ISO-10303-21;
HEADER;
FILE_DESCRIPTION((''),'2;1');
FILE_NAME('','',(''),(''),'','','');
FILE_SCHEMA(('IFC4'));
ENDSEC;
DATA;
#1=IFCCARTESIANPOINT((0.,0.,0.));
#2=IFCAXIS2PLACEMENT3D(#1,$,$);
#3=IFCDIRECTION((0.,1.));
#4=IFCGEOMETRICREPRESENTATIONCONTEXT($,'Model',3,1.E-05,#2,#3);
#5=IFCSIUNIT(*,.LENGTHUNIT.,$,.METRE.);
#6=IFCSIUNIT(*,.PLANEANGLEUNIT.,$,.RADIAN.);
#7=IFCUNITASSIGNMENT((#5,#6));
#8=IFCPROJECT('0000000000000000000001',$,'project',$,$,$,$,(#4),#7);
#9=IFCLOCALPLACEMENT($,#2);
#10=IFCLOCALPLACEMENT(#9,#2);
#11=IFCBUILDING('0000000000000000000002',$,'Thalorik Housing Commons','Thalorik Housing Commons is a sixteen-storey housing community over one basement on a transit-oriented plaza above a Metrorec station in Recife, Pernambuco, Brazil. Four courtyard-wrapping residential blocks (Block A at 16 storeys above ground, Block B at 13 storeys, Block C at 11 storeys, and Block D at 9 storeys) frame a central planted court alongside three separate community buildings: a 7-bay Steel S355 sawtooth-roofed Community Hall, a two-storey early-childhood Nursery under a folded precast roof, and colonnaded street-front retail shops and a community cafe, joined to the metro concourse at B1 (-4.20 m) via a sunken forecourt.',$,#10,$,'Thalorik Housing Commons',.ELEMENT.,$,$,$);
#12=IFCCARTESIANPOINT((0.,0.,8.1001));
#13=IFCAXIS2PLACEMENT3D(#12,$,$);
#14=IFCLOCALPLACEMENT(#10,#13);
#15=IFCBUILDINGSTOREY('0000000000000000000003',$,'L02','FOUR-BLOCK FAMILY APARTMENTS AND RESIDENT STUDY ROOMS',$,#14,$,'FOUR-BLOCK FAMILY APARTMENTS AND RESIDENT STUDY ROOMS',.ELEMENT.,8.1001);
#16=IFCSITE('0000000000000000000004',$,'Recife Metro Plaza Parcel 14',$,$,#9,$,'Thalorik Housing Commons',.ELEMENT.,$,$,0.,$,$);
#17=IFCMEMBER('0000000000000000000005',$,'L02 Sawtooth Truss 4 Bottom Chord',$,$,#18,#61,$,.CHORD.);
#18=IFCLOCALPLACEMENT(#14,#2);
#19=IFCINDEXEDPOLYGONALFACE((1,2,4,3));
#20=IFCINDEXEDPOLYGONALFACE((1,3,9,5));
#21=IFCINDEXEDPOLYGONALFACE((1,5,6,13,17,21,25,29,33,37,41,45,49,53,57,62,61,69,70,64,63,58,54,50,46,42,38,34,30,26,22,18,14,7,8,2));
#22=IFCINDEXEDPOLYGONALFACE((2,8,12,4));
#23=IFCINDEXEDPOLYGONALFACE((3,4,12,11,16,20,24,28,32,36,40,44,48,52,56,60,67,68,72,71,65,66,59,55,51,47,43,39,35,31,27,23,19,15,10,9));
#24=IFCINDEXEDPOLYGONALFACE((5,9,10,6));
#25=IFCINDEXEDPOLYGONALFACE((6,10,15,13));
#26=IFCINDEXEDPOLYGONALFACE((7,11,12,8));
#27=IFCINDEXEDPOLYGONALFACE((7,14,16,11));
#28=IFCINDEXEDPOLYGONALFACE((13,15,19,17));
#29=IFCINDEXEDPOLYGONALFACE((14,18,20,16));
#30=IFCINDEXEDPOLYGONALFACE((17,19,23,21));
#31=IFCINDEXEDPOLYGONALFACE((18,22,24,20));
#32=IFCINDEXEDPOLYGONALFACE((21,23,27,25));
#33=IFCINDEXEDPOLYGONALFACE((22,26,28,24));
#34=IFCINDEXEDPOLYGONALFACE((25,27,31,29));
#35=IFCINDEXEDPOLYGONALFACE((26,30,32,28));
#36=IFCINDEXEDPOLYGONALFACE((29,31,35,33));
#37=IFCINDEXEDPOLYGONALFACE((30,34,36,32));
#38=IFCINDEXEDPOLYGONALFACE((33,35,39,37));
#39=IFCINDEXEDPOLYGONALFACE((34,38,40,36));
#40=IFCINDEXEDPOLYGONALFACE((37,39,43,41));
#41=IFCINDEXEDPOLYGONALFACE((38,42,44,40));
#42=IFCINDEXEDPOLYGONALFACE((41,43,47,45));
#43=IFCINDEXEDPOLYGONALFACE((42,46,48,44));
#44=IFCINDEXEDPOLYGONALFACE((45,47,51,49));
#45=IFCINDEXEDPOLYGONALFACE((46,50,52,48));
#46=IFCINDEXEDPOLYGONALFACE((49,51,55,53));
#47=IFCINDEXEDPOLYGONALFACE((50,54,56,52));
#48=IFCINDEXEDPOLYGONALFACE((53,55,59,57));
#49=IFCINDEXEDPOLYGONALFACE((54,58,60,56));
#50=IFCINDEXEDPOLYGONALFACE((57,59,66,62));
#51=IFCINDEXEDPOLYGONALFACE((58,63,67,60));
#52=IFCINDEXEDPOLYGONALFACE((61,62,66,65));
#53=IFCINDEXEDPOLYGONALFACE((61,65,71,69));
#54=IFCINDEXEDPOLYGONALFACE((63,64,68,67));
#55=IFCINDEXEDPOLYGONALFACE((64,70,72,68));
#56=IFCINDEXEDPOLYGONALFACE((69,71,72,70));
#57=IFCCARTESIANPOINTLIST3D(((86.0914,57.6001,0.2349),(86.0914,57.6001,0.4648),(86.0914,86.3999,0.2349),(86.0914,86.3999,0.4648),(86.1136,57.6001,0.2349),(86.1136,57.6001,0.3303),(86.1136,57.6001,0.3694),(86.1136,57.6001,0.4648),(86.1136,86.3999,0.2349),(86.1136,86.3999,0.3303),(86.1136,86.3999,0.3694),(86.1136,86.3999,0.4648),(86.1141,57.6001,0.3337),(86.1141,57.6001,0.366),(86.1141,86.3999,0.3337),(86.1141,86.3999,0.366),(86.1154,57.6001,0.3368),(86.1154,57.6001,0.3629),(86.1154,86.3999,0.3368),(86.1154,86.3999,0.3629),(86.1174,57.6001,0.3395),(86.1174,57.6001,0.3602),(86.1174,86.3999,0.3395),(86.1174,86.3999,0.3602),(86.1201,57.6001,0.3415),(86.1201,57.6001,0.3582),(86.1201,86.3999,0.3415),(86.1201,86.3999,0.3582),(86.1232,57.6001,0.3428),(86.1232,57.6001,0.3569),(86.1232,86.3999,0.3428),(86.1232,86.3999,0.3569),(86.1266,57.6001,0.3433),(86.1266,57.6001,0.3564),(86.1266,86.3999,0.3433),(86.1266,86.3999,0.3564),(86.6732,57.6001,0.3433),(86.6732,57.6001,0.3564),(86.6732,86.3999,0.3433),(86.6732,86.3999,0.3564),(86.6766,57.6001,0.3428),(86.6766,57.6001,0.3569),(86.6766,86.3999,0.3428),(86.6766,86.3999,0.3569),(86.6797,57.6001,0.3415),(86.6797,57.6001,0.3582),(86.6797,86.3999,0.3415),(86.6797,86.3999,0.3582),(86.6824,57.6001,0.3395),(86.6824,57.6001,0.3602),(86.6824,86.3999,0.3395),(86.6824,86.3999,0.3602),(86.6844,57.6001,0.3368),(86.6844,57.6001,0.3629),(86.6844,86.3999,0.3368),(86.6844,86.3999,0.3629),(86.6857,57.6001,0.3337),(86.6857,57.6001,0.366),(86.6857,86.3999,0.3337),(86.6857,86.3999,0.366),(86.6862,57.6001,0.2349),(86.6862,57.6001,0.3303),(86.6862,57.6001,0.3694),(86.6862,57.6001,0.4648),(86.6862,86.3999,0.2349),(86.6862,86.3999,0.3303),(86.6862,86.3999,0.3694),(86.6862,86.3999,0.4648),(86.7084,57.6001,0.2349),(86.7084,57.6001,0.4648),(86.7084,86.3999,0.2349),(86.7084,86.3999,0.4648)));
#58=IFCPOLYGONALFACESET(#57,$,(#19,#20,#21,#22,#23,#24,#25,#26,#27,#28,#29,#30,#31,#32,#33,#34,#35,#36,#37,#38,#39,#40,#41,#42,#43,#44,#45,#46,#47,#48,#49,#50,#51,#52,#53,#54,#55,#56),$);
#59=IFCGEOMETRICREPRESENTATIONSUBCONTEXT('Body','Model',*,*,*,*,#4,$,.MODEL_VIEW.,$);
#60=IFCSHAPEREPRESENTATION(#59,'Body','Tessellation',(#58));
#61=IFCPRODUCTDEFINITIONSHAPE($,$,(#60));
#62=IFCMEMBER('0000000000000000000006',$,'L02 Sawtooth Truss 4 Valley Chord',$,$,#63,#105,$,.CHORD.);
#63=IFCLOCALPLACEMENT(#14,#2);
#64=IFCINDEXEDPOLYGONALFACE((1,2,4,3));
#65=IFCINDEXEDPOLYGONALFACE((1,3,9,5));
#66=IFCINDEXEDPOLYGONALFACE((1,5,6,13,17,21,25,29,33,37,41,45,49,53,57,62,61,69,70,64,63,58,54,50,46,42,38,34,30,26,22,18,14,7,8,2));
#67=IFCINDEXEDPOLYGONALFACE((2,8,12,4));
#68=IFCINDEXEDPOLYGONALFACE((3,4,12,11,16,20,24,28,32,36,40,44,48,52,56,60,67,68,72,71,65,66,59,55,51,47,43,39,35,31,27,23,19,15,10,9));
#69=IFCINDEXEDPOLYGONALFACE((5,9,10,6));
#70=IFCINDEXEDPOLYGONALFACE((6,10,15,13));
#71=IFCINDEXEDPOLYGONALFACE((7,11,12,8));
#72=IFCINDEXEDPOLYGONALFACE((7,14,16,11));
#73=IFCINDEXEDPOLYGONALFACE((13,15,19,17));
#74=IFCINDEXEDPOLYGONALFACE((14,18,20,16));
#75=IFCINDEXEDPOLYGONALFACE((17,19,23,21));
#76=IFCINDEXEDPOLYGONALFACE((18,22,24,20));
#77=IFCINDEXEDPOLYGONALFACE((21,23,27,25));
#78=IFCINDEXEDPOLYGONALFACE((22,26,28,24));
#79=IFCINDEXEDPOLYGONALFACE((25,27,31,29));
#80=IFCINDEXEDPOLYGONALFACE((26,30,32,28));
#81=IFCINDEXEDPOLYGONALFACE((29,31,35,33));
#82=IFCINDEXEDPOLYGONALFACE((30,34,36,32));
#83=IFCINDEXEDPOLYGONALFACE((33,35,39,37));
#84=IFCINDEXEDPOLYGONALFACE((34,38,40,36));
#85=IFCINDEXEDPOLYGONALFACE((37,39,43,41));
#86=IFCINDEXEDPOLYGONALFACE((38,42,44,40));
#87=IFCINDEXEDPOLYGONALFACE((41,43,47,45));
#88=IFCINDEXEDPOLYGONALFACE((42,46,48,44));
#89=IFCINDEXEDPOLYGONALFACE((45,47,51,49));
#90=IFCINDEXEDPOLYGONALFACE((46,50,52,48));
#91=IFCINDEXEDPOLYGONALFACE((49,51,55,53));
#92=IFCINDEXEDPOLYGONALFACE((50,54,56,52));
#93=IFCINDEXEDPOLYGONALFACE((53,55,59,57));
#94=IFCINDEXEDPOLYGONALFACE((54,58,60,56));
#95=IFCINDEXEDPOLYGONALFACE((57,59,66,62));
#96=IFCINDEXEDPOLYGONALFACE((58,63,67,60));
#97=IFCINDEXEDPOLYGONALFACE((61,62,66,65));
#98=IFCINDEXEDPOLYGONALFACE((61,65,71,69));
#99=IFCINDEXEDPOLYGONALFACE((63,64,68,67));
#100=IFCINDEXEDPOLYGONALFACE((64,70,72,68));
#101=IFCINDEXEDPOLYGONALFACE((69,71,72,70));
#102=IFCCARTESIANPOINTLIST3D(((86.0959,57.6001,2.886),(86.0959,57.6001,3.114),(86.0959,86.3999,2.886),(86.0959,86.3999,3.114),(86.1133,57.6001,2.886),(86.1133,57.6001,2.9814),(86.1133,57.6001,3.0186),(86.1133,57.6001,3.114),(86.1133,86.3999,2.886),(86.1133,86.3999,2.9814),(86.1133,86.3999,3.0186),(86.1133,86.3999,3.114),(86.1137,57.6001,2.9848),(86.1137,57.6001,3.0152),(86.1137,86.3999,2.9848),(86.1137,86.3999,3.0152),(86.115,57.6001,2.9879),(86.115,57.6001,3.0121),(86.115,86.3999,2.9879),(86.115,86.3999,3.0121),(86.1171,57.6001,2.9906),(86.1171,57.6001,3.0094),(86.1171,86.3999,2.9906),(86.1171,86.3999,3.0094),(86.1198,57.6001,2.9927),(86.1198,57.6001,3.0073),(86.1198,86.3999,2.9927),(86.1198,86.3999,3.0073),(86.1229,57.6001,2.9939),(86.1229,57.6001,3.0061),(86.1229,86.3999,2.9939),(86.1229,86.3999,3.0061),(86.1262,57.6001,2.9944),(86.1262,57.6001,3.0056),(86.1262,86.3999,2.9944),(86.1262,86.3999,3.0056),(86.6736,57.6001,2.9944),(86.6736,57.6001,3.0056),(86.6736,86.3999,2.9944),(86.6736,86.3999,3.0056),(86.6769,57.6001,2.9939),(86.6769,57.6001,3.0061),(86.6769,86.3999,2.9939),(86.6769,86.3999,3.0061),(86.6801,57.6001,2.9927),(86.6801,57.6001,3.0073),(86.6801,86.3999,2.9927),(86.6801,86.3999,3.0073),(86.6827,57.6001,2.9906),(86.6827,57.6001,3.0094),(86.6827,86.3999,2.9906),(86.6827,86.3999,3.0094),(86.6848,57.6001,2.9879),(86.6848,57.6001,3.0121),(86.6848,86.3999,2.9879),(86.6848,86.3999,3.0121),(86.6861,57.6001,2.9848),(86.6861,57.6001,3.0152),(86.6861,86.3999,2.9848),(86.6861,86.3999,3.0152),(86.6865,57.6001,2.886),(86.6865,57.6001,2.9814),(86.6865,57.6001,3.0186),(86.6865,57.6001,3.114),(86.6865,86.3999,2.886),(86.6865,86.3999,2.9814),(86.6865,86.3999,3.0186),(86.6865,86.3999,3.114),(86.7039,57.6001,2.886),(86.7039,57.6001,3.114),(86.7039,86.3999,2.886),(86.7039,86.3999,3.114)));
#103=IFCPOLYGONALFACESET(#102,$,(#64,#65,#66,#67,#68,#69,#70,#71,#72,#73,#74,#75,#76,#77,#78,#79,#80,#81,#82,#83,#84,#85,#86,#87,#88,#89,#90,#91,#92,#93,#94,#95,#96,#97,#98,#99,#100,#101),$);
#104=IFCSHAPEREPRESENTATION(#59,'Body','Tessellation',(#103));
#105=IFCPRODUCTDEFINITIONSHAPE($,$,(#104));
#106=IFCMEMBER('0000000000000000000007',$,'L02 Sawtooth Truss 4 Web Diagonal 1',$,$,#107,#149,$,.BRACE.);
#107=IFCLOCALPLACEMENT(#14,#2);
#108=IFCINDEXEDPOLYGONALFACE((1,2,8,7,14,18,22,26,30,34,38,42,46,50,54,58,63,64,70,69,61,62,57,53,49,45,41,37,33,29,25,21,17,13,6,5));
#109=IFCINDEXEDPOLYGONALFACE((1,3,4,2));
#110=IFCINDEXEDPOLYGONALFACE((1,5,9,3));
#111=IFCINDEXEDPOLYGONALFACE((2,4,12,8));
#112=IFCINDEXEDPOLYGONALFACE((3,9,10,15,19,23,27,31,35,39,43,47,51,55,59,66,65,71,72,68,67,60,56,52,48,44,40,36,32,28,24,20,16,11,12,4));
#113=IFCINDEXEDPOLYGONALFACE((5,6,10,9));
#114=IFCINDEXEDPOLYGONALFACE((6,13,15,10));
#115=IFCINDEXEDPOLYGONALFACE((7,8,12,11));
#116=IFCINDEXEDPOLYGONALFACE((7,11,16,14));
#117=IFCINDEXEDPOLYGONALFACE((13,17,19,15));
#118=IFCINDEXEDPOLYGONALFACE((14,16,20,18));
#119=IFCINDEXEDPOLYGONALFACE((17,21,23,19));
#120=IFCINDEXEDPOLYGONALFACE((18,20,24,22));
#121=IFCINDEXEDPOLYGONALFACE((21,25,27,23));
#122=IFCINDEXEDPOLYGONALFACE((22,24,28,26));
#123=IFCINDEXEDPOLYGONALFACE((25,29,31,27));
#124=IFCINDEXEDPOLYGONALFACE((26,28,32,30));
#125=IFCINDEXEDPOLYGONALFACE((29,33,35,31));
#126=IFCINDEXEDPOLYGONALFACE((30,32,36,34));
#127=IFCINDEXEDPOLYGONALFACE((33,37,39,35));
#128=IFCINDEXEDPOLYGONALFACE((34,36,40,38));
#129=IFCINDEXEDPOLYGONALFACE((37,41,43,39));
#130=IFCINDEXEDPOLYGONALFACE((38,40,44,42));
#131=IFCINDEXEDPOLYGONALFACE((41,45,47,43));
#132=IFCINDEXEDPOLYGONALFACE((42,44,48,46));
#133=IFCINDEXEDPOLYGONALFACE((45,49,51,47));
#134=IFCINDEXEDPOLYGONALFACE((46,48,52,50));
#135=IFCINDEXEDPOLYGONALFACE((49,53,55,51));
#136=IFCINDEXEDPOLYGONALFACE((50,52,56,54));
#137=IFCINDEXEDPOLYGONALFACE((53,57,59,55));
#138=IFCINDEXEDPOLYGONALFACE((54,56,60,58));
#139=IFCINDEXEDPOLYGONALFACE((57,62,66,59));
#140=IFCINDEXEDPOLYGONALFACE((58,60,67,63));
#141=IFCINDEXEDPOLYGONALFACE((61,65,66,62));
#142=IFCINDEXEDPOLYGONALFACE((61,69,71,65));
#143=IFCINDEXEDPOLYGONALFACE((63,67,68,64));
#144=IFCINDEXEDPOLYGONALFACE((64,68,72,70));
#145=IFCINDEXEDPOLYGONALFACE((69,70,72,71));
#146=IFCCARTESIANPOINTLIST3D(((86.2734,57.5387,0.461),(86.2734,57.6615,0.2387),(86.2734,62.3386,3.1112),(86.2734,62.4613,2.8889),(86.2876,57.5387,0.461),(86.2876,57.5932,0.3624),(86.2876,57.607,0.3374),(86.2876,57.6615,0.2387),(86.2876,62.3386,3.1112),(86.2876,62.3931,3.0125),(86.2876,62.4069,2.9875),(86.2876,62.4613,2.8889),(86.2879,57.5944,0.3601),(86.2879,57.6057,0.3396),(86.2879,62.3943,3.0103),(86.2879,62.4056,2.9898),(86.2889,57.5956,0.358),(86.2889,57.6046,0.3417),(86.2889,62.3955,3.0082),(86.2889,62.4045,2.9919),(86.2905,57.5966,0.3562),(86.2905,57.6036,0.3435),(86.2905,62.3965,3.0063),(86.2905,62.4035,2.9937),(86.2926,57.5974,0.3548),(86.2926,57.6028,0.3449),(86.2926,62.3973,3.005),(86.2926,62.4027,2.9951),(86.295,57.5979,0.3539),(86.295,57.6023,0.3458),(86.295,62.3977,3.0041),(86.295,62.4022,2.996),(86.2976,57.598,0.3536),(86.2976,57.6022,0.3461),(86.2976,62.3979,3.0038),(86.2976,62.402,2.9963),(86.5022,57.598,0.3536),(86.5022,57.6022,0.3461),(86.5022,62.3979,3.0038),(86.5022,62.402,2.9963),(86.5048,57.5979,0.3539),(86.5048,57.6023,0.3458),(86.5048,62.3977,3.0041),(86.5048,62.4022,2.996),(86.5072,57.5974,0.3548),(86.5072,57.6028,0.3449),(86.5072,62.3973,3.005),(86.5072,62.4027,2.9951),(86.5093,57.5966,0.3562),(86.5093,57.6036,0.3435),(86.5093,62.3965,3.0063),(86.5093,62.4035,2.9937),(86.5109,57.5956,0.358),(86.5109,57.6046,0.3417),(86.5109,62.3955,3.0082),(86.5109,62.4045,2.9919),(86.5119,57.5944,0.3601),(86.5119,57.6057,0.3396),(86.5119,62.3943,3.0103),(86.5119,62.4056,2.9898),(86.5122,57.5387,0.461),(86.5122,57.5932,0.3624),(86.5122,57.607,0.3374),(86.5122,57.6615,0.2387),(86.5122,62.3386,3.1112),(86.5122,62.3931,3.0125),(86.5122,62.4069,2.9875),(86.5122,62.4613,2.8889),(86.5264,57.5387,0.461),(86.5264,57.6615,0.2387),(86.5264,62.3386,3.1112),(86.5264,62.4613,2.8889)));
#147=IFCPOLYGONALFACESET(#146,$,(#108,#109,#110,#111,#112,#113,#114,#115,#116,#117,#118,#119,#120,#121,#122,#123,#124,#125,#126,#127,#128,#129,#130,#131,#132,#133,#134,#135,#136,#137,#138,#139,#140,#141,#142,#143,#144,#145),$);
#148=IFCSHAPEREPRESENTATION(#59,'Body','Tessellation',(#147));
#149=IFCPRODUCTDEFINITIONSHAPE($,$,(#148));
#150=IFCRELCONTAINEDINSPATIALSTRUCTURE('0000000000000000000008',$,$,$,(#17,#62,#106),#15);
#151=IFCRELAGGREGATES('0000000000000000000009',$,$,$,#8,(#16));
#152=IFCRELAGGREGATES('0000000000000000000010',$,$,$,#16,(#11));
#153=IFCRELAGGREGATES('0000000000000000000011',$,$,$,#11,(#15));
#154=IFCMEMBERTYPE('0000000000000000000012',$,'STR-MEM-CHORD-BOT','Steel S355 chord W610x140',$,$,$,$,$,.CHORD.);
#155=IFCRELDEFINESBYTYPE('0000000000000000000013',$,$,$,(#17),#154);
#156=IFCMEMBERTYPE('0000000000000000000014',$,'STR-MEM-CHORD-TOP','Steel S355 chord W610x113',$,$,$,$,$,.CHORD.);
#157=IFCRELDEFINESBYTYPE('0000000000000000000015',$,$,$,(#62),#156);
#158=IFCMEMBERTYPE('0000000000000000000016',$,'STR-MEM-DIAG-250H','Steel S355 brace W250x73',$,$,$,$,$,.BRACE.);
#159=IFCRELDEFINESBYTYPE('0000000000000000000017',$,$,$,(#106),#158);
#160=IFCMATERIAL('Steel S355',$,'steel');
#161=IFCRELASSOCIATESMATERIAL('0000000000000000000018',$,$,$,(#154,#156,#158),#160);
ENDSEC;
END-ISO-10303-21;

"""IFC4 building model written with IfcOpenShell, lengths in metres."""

from ifc_helpers import new_model, si_unit, direction, frame, origin, origin_2d, place, context, subcontext, project, spatial, i_section, extrude, material, material_profile, profile_set, type_object, element, save


model = new_model("IFC4")

# Units and contexts
model_context = context("Model", 3, precision=1e-05, world=origin(), true_north=direction((0.0, 1.0)))
body_context = subcontext(model_context, "Body", "Model", "MODEL_VIEW")
ifc_project = project(units=[si_unit("LENGTHUNIT", "METRE"), si_unit("PLANEANGLEUNIT", "RADIAN")], contexts=[model_context])

# Site, building, storey
site_placement = place(None, origin())
site = spatial("IfcSite", under=ifc_project, at=site_placement, Name="Recife Metro Plaza Parcel 14", LongName="Thalorik Housing Commons", CompositionType="ELEMENT", RefElevation=0.0)
building_placement = place(site_placement, origin())
building = spatial("IfcBuilding", under=site, at=building_placement, Name="Thalorik Housing Commons", Description="Thalorik Housing Commons is a sixteen-storey housing community over one basement on a transit-oriented plaza above a Metrorec station in Recife, Pernambuco, Brazil. Four courtyard-wrapping residential blocks (Block A at 16 storeys above ground, Block B at 13 storeys, Block C at 11 storeys, and Block D at 9 storeys) frame a central planted court alongside three separate community buildings: a 7-bay Steel S355 sawtooth-roofed Community Hall, a two-storey early-childhood Nursery under a folded precast roof, and colonnaded street-front retail shops and a community cafe, joined to the metro concourse at B1 (-4.20 m) via a sunken forecourt.", LongName="Thalorik Housing Commons", CompositionType="ELEMENT")
storey_placement = place(building_placement, frame((0.0, 0.0, 8.1001)))
storey = spatial("IfcBuildingStorey", under=building, at=storey_placement, Name="L02", Description="FOUR-BLOCK FAMILY APARTMENTS AND RESIDENT STUDY ROOMS", LongName="FOUR-BLOCK FAMILY APARTMENTS AND RESIDENT STUDY ROOMS", CompositionType="ELEMENT", Elevation=8.1001)

# Shared definitions
ifc_material_1 = material(Name="Steel S355", Category="steel")

# Members
ifc_material_profile_1 = material_profile(ifc_material_1, i_section(OverallWidth=0.23, OverallDepth=0.6169, WebThickness=0.0132, FlangeThickness=0.0222, FilletRadius=0.0129, at=origin_2d()), Name="W610x140", Category="steel")
ifc_profile_set_1 = profile_set([ifc_material_profile_1], Name="Steel S355")
member_type_1 = type_object("IfcMemberType", Name="STR-MEM-CHORD-BOT", Description="Steel S355 chord W610x140", PredefinedType="CHORD", material=ifc_profile_set_1)
member_1_placement = place(storey_placement, frame((86.3999, 57.6001, 0.3499), z_axis=(0.0, 1.0, 0.0), x_axis=(0.0, 0.0, 1.0)))
element("IfcMember", 1, at=member_1_placement, inside=storey, type_object=member_type_1, Name="L02 Sawtooth Truss 4 Bottom Chord", PredefinedType="CHORD", context=body_context, shape_type="SweptSolid", body=[
    extrude(i_section(OverallWidth=0.23, OverallDepth=0.6169, WebThickness=0.0132, FlangeThickness=0.0222, FilletRadius=0.0129, at=origin_2d()), origin(), (0.0, 0.0, 1.0), 28.7998),
])
ifc_material_profile_2 = material_profile(ifc_material_1, i_section(OverallWidth=0.228, OverallDepth=0.6079, WebThickness=0.0112, FlangeThickness=0.0173, FilletRadius=0.0129, at=origin_2d()), Name="W610x113", Category="steel")
ifc_profile_set_2 = profile_set([ifc_material_profile_2], Name="Steel S355")
member_type_2 = type_object("IfcMemberType", Name="STR-MEM-CHORD-TOP", Description="Steel S355 chord W610x113", PredefinedType="CHORD", material=ifc_profile_set_2)
member_2_placement = place(storey_placement, frame((86.3999, 57.6001, 3.0), z_axis=(0.0, 1.0, 0.0), x_axis=(0.0, 0.0, 1.0)))
element("IfcMember", 2, at=member_2_placement, inside=storey, type_object=member_type_2, Name="L02 Sawtooth Truss 4 Valley Chord", PredefinedType="CHORD", context=body_context, shape_type="SweptSolid", body=[
    extrude(i_section(OverallWidth=0.228, OverallDepth=0.6079, WebThickness=0.0112, FlangeThickness=0.0173, FilletRadius=0.0129, at=origin_2d()), origin(), (0.0, 0.0, 1.0), 28.7998),
])
ifc_material_profile_3 = material_profile(ifc_material_1, i_section(OverallWidth=0.2539, OverallDepth=0.2529, WebThickness=0.0085, FlangeThickness=0.0142, FilletRadius=0.01, at=origin_2d()), Name="W250x73", Category="steel")
ifc_profile_set_3 = profile_set([ifc_material_profile_3], Name="Steel S355")
member_type_3 = type_object("IfcMemberType", Name="STR-MEM-DIAG-250H", Description="Steel S355 brace W250x73", PredefinedType="BRACE", material=ifc_profile_set_3)
member_3_placement = place(storey_placement, frame((86.3999, 57.6001, 0.3499), z_axis=(0.0, 0.875425, 0.483354), x_axis=(0.0, -0.483354, 0.875425)))
element("IfcMember", 3, at=member_3_placement, inside=storey, type_object=member_type_3, Name="L02 Sawtooth Truss 4 Web Diagonal 1", PredefinedType="BRACE", context=body_context, shape_type="SweptSolid", body=[
    extrude(i_section(OverallWidth=0.2539, OverallDepth=0.2529, WebThickness=0.0085, FlangeThickness=0.0142, FilletRadius=0.01, at=origin_2d()), origin(), (0.0, 0.0, 1.0), 5.4829),
])

save(model, "model.ifc")
